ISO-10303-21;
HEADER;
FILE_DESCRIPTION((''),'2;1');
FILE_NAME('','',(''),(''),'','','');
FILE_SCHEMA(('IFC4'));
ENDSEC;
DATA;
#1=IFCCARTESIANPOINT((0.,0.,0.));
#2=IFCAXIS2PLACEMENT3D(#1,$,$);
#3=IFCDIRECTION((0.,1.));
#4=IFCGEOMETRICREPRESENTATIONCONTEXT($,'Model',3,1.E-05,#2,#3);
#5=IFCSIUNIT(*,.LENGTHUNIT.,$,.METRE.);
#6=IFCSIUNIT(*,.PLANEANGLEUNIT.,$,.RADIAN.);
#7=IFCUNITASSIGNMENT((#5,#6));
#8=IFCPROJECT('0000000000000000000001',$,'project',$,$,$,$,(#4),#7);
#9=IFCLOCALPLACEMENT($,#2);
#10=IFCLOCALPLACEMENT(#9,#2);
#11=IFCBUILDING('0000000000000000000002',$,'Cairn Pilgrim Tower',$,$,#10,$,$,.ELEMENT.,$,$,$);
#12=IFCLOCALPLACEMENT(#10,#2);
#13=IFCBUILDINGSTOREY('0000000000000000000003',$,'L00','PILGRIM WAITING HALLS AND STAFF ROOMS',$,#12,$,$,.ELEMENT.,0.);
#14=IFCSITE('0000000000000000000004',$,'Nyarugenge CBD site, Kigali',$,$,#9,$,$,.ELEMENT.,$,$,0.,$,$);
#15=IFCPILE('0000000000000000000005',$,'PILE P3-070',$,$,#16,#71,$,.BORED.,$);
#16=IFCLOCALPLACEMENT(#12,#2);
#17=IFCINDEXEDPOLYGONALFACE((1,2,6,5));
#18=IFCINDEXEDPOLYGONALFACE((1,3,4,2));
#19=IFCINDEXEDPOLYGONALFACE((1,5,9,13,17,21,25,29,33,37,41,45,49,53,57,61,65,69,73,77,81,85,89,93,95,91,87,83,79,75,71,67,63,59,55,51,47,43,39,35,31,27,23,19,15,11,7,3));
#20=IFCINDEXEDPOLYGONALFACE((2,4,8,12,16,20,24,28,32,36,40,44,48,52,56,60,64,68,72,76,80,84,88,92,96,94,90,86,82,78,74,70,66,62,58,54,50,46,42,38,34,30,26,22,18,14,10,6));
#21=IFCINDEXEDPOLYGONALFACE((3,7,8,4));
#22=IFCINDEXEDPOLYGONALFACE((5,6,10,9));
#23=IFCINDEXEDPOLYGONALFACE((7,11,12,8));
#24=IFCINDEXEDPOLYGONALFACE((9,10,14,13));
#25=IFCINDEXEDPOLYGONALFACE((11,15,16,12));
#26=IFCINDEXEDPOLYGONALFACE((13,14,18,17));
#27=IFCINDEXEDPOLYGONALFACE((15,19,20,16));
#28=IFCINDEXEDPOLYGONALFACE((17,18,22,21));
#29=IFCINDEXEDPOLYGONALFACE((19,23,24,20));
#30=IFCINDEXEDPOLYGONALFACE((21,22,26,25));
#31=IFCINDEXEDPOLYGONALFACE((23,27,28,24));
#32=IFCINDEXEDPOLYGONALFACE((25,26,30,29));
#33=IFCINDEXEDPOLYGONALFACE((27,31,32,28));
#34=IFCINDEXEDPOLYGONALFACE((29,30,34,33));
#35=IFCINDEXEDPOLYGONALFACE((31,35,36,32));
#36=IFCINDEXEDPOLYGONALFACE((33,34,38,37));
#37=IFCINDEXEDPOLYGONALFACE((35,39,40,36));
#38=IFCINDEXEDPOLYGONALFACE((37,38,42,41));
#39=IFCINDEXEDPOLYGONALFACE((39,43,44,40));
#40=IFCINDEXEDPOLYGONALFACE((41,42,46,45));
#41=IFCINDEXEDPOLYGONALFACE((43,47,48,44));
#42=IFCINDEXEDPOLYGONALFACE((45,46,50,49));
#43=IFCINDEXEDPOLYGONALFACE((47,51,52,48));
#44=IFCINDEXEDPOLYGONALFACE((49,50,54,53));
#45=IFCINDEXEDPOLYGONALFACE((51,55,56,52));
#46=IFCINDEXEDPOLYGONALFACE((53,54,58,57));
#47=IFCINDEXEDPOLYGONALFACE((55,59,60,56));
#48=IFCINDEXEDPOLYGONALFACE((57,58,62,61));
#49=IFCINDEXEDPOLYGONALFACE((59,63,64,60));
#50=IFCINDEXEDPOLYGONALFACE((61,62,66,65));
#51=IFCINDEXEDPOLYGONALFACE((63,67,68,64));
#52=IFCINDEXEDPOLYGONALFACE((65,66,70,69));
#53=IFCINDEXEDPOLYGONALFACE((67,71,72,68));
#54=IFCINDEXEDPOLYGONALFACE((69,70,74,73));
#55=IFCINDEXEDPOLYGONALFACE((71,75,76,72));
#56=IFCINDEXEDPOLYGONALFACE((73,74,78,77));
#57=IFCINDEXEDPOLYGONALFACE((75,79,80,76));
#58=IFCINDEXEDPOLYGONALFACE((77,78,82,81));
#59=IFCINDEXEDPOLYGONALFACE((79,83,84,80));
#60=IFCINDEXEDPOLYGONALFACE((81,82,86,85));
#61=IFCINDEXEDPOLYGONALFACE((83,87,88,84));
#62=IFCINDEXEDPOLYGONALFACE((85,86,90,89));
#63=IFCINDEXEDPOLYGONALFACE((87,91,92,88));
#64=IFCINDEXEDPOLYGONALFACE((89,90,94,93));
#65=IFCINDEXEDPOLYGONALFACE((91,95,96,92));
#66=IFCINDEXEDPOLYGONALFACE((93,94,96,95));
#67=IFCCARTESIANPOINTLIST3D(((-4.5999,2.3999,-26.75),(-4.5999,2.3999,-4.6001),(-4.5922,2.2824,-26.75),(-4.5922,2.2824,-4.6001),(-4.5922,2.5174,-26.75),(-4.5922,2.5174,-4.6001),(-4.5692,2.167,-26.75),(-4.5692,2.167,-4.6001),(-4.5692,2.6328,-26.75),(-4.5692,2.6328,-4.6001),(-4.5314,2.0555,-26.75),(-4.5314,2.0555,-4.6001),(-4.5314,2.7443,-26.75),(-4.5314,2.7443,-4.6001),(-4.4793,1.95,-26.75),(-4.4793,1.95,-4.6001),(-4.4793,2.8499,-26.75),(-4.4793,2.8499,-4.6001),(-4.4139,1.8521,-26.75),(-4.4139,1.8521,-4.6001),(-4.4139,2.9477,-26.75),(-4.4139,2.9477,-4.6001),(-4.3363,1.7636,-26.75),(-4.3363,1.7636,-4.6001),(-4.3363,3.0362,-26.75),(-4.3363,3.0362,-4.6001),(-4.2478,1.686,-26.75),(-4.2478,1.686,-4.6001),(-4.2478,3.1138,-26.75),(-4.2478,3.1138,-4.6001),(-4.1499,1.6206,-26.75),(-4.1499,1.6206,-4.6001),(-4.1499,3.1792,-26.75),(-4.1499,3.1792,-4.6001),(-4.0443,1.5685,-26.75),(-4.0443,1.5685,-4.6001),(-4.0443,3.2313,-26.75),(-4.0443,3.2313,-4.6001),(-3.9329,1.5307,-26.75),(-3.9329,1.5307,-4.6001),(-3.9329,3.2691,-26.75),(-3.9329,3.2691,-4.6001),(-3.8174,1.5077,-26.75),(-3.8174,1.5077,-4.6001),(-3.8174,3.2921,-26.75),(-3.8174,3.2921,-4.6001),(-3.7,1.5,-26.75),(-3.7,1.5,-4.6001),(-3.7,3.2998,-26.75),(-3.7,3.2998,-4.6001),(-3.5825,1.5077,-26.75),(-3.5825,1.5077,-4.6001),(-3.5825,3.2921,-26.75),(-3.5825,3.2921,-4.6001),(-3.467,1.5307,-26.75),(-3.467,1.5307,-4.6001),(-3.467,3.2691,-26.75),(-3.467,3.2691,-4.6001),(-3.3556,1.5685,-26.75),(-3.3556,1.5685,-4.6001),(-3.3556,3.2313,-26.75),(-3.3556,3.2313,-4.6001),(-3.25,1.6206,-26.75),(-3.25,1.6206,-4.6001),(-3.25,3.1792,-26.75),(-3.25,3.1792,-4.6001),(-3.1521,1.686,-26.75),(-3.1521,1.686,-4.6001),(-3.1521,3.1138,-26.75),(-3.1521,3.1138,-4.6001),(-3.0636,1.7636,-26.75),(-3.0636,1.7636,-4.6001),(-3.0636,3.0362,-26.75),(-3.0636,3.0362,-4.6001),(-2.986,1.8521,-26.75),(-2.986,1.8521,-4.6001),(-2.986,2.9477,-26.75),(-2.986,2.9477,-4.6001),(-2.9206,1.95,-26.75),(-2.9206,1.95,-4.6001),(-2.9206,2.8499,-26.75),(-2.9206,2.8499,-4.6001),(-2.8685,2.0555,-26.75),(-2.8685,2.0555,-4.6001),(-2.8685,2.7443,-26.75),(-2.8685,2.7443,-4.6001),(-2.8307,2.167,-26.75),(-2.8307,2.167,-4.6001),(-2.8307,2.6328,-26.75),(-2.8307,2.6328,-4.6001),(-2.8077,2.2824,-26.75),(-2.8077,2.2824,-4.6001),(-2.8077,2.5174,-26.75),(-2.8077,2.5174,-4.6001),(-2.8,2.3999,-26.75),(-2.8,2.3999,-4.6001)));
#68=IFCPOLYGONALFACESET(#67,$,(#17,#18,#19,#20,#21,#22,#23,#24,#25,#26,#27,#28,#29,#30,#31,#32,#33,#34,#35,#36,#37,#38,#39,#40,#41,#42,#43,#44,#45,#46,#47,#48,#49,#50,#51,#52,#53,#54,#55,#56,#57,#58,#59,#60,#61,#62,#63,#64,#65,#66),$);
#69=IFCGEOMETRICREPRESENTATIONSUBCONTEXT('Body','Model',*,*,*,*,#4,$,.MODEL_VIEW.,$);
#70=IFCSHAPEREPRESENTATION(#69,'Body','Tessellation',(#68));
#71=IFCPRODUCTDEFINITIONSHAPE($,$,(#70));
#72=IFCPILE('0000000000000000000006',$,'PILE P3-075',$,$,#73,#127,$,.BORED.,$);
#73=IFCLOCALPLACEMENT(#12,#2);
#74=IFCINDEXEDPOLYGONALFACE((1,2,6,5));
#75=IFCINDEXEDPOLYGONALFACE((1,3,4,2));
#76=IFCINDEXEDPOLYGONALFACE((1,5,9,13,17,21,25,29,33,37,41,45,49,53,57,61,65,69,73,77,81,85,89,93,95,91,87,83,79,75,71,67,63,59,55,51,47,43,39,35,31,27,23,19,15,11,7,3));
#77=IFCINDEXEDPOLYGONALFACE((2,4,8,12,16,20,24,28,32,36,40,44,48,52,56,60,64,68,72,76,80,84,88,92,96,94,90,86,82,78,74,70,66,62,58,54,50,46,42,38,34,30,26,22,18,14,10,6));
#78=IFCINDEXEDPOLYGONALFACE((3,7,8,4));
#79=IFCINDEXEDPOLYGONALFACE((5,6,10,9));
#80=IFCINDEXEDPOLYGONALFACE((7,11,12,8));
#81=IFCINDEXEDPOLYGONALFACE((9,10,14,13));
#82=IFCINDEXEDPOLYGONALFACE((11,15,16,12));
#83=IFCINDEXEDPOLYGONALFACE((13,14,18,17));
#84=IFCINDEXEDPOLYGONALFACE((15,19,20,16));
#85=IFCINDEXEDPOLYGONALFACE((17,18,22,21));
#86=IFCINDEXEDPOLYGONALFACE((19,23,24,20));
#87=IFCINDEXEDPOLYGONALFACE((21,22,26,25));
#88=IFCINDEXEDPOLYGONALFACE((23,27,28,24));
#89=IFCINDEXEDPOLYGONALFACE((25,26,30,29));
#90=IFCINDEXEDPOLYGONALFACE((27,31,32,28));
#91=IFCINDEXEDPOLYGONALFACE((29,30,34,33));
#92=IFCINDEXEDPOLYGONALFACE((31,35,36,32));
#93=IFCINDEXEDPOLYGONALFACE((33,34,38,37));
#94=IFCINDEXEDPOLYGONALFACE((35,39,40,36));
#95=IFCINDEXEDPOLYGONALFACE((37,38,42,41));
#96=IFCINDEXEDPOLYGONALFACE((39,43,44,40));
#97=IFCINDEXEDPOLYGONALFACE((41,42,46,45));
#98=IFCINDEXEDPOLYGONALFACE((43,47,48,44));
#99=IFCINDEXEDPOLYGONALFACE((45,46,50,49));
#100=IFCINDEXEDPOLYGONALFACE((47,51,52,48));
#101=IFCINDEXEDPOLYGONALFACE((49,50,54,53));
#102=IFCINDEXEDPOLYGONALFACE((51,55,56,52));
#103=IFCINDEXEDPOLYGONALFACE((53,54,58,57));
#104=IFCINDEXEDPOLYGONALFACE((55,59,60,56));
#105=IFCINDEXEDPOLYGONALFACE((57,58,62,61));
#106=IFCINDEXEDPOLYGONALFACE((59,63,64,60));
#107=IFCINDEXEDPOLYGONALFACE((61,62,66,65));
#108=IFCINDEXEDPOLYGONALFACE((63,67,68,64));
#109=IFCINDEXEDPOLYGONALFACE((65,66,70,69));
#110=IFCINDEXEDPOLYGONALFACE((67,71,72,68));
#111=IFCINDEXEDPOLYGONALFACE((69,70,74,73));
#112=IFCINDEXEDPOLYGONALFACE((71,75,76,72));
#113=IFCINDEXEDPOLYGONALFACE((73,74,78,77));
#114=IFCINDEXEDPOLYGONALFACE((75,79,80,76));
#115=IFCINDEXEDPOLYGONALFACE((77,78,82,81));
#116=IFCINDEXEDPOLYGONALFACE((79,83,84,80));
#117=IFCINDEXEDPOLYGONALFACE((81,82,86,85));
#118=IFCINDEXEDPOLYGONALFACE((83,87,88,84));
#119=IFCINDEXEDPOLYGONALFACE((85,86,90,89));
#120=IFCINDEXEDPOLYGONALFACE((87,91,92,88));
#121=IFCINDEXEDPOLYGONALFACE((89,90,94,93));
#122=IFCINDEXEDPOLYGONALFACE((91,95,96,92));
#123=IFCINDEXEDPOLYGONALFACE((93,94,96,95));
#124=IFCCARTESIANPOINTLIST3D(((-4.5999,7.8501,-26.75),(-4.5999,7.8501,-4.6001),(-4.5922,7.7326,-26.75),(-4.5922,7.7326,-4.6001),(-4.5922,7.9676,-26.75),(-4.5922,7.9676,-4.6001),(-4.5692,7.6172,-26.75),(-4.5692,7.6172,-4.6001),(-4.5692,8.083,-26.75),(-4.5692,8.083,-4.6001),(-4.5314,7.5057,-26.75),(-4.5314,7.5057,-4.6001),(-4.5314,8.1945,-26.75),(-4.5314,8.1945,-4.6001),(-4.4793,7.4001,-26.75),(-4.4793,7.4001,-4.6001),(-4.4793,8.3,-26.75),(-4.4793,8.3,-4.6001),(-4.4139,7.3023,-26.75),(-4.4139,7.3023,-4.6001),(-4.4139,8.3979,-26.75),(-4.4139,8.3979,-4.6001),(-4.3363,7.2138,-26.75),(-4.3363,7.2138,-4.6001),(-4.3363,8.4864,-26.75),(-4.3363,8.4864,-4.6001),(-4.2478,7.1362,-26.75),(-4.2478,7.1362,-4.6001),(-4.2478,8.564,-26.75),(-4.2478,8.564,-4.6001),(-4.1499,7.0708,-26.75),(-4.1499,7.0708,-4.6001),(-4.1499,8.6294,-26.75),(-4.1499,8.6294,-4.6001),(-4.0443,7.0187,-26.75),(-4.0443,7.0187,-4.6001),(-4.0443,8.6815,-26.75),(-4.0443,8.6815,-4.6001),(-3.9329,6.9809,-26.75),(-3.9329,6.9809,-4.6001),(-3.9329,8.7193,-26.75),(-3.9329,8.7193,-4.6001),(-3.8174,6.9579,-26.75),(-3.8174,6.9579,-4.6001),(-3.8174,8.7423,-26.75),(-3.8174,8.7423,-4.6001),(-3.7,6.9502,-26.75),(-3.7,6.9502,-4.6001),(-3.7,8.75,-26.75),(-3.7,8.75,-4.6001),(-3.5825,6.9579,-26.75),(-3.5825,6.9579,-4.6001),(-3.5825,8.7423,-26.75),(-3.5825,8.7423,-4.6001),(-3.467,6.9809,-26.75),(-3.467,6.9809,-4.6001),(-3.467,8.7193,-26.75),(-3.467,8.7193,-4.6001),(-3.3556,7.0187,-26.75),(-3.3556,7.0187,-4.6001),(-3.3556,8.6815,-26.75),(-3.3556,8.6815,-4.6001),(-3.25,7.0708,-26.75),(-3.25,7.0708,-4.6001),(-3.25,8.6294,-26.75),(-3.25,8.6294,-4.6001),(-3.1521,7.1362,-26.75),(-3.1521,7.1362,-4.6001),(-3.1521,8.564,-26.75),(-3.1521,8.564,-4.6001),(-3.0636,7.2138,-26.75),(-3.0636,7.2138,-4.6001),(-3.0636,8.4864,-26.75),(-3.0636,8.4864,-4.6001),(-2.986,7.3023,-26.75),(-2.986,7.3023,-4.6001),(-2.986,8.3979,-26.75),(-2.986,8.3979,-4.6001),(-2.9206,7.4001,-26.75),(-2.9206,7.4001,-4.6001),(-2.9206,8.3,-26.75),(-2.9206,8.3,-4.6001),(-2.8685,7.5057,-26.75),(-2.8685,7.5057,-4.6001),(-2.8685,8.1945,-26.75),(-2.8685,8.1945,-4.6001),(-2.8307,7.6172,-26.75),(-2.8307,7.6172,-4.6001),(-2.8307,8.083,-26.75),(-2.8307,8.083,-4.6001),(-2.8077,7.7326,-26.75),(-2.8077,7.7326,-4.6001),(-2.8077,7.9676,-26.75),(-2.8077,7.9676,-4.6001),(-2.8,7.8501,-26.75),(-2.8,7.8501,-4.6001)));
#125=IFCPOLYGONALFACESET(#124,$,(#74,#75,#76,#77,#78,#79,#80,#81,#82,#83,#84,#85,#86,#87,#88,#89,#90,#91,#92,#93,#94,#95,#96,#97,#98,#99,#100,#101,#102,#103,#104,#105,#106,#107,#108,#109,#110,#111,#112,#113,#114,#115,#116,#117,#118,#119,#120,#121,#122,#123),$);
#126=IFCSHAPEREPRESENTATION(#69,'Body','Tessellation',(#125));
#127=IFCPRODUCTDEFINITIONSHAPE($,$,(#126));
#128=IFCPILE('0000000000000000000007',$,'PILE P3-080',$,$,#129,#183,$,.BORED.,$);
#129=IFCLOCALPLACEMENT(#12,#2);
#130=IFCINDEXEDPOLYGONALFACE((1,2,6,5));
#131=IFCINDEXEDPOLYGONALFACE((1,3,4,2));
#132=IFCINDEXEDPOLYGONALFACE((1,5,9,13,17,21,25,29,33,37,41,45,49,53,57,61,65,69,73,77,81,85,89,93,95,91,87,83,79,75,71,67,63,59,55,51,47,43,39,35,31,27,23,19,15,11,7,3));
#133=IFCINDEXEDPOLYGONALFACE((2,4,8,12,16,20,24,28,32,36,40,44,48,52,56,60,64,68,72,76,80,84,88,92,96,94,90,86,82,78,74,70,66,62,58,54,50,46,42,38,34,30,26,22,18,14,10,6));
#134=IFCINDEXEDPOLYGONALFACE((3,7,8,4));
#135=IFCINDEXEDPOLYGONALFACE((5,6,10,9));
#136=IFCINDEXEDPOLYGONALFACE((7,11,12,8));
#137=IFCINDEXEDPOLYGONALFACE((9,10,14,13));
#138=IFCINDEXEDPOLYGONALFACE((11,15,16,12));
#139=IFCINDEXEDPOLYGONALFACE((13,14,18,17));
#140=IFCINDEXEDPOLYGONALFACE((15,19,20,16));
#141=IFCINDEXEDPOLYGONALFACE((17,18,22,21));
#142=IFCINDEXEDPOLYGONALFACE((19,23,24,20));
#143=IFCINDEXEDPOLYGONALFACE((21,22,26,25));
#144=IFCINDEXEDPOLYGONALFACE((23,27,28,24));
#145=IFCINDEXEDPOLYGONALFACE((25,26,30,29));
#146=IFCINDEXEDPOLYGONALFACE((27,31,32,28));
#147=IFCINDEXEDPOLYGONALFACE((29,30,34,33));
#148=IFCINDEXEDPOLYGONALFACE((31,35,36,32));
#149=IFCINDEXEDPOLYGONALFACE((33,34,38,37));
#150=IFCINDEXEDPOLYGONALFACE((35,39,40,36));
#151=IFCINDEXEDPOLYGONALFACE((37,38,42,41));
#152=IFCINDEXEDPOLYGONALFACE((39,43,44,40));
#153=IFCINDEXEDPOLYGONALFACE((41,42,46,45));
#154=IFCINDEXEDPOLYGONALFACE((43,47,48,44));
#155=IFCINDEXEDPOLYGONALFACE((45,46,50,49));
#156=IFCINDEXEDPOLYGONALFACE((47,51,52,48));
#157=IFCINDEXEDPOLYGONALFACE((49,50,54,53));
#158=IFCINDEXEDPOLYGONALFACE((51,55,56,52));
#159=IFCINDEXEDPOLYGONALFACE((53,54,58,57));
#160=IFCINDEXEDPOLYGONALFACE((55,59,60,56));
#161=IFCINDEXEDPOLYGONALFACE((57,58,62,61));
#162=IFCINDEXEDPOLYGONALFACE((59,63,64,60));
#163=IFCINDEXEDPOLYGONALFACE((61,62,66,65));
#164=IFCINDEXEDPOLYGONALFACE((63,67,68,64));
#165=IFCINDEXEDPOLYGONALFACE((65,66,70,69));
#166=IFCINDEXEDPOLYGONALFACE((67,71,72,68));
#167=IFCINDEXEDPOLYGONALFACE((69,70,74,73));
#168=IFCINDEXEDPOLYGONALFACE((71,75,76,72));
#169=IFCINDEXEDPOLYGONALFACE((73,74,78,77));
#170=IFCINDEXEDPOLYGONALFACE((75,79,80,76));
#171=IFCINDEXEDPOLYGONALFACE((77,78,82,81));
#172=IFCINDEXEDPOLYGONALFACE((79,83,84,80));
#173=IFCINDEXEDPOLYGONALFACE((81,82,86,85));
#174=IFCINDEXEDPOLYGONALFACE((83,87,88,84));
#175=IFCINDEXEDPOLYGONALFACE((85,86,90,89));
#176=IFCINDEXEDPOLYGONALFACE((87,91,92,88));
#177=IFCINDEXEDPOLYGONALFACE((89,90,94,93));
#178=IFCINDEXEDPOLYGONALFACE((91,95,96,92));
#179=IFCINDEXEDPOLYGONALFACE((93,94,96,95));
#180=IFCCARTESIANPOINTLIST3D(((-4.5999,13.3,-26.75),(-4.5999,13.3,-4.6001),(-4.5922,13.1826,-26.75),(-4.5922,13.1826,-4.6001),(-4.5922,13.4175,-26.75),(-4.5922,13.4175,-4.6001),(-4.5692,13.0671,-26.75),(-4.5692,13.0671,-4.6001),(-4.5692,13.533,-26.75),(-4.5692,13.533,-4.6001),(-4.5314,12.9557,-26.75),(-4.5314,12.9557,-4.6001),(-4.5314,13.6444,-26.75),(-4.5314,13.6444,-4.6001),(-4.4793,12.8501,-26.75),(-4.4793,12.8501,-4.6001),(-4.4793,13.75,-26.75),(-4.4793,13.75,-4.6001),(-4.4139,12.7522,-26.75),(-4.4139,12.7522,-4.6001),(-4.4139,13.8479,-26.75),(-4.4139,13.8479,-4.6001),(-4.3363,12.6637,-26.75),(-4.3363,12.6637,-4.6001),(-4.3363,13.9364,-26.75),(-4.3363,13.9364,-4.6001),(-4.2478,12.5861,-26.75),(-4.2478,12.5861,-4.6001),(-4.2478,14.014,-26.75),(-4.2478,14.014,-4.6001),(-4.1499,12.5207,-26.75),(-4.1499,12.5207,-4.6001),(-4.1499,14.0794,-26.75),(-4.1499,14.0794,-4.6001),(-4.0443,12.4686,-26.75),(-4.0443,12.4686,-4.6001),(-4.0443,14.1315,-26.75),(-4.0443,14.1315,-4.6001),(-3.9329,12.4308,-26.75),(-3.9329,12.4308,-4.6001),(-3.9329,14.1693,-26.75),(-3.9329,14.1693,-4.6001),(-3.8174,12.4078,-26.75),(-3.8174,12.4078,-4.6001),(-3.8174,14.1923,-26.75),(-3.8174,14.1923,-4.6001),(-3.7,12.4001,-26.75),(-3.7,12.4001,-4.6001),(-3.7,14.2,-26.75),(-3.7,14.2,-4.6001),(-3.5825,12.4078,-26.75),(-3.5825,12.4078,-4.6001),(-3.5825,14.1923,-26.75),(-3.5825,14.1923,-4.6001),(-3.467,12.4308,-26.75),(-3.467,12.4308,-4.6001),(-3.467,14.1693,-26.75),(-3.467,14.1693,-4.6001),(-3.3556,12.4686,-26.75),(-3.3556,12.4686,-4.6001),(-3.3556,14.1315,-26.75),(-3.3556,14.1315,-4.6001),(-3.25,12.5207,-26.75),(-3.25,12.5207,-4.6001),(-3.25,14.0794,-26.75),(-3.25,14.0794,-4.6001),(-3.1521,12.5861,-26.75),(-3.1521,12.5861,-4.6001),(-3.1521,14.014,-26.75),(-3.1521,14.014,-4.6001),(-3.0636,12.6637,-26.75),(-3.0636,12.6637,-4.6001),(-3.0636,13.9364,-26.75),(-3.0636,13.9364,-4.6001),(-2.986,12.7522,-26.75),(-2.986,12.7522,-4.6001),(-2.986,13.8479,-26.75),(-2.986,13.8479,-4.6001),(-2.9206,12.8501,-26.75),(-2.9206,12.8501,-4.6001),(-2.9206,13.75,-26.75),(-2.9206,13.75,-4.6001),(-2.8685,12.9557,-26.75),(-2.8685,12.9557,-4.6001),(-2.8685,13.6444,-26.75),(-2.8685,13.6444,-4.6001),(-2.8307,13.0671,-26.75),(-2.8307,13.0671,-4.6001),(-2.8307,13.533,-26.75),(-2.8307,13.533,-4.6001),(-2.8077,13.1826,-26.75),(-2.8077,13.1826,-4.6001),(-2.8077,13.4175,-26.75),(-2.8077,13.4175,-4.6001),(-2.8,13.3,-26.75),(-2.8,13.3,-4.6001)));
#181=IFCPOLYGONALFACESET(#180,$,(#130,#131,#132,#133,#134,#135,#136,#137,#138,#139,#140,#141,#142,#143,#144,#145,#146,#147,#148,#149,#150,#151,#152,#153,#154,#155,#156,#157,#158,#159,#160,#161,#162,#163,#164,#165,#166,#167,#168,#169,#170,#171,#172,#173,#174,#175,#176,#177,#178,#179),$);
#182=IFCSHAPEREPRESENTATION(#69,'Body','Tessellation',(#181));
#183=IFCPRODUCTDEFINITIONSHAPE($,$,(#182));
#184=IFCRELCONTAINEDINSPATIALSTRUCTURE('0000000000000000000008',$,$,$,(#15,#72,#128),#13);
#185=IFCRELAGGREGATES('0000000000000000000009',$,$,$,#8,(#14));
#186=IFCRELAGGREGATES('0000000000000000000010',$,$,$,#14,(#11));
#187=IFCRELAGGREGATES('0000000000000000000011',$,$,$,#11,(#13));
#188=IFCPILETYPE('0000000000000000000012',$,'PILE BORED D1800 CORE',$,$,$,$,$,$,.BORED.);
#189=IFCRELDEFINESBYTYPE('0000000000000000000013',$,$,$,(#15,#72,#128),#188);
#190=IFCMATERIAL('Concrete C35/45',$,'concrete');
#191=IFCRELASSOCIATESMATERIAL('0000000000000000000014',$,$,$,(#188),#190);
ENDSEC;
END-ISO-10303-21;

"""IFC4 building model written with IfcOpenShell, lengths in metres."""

from ifc_helpers import new_model, si_unit, direction, frame, origin, origin_2d, place, context, subcontext, project, spatial, circle, extrude, material, material_profile, profile_set, type_object, element, save


model = new_model("IFC4")

# Units and contexts
model_context = context("Model", 3, precision=1e-05, world=origin(), true_north=direction((0.0, 1.0)))
body_context = subcontext(model_context, "Body", "Model", "MODEL_VIEW")
ifc_project = project(units=[si_unit("LENGTHUNIT", "METRE"), si_unit("PLANEANGLEUNIT", "RADIAN")], contexts=[model_context])

# Site, building, storey
site_placement = place(None, origin())
site = spatial("IfcSite", under=ifc_project, at=site_placement, Name="Nyarugenge CBD site, Kigali", CompositionType="ELEMENT", RefElevation=0.0)
building_placement = place(site_placement, origin())
building = spatial("IfcBuilding", under=site, at=building_placement, Name="Cairn Pilgrim Tower", CompositionType="ELEMENT")
storey_placement = place(building_placement, origin())
storey = spatial("IfcBuildingStorey", under=building, at=storey_placement, Name="L00", Description="PILGRIM WAITING HALLS AND STAFF ROOMS", CompositionType="ELEMENT", Elevation=0.0)

# Piles
ifc_material_1 = material(Name="Concrete C35/45", Category="concrete")
ifc_material_profile_1 = material_profile(ifc_material_1, circle(Radius=0.8999, at=origin_2d()), Name="D1800")
ifc_profile_set_1 = profile_set([ifc_material_profile_1], Name="Concrete C35/45")
pile_type = type_object("IfcPileType", Name="PILE BORED D1800 CORE", PredefinedType="BORED", material=ifc_profile_set_1)
for number, where, z_axis, x_axis, name in (
    (1, (-3.7, 2.3999, -4.6001), (0.0, 0.0, -1.0), (1.0, 0.0, 0.0), "PILE P3-070"),
    (2, (-3.7, 7.8501, -4.6001), (0.0, 0.0, -1.0), (1.0, 0.0, 0.0), "PILE P3-075"),
    (3, (-3.7, 13.3, -4.6001), (0.0, 0.0, -1.0), (1.0, 0.0, 0.0), "PILE P3-080"),
):
    element("IfcPile", number, at=place(storey_placement, frame(where, z_axis=z_axis, x_axis=x_axis)), inside=storey, type_object=pile_type, Name=name, PredefinedType="BORED", context=body_context, shape_type="SweptSolid", body=[
        extrude(circle(Radius=0.8999, at=origin_2d()), origin(), (0.0, 0.0, 1.0), 22.1499),
    ])

save(model, "model.ifc")
